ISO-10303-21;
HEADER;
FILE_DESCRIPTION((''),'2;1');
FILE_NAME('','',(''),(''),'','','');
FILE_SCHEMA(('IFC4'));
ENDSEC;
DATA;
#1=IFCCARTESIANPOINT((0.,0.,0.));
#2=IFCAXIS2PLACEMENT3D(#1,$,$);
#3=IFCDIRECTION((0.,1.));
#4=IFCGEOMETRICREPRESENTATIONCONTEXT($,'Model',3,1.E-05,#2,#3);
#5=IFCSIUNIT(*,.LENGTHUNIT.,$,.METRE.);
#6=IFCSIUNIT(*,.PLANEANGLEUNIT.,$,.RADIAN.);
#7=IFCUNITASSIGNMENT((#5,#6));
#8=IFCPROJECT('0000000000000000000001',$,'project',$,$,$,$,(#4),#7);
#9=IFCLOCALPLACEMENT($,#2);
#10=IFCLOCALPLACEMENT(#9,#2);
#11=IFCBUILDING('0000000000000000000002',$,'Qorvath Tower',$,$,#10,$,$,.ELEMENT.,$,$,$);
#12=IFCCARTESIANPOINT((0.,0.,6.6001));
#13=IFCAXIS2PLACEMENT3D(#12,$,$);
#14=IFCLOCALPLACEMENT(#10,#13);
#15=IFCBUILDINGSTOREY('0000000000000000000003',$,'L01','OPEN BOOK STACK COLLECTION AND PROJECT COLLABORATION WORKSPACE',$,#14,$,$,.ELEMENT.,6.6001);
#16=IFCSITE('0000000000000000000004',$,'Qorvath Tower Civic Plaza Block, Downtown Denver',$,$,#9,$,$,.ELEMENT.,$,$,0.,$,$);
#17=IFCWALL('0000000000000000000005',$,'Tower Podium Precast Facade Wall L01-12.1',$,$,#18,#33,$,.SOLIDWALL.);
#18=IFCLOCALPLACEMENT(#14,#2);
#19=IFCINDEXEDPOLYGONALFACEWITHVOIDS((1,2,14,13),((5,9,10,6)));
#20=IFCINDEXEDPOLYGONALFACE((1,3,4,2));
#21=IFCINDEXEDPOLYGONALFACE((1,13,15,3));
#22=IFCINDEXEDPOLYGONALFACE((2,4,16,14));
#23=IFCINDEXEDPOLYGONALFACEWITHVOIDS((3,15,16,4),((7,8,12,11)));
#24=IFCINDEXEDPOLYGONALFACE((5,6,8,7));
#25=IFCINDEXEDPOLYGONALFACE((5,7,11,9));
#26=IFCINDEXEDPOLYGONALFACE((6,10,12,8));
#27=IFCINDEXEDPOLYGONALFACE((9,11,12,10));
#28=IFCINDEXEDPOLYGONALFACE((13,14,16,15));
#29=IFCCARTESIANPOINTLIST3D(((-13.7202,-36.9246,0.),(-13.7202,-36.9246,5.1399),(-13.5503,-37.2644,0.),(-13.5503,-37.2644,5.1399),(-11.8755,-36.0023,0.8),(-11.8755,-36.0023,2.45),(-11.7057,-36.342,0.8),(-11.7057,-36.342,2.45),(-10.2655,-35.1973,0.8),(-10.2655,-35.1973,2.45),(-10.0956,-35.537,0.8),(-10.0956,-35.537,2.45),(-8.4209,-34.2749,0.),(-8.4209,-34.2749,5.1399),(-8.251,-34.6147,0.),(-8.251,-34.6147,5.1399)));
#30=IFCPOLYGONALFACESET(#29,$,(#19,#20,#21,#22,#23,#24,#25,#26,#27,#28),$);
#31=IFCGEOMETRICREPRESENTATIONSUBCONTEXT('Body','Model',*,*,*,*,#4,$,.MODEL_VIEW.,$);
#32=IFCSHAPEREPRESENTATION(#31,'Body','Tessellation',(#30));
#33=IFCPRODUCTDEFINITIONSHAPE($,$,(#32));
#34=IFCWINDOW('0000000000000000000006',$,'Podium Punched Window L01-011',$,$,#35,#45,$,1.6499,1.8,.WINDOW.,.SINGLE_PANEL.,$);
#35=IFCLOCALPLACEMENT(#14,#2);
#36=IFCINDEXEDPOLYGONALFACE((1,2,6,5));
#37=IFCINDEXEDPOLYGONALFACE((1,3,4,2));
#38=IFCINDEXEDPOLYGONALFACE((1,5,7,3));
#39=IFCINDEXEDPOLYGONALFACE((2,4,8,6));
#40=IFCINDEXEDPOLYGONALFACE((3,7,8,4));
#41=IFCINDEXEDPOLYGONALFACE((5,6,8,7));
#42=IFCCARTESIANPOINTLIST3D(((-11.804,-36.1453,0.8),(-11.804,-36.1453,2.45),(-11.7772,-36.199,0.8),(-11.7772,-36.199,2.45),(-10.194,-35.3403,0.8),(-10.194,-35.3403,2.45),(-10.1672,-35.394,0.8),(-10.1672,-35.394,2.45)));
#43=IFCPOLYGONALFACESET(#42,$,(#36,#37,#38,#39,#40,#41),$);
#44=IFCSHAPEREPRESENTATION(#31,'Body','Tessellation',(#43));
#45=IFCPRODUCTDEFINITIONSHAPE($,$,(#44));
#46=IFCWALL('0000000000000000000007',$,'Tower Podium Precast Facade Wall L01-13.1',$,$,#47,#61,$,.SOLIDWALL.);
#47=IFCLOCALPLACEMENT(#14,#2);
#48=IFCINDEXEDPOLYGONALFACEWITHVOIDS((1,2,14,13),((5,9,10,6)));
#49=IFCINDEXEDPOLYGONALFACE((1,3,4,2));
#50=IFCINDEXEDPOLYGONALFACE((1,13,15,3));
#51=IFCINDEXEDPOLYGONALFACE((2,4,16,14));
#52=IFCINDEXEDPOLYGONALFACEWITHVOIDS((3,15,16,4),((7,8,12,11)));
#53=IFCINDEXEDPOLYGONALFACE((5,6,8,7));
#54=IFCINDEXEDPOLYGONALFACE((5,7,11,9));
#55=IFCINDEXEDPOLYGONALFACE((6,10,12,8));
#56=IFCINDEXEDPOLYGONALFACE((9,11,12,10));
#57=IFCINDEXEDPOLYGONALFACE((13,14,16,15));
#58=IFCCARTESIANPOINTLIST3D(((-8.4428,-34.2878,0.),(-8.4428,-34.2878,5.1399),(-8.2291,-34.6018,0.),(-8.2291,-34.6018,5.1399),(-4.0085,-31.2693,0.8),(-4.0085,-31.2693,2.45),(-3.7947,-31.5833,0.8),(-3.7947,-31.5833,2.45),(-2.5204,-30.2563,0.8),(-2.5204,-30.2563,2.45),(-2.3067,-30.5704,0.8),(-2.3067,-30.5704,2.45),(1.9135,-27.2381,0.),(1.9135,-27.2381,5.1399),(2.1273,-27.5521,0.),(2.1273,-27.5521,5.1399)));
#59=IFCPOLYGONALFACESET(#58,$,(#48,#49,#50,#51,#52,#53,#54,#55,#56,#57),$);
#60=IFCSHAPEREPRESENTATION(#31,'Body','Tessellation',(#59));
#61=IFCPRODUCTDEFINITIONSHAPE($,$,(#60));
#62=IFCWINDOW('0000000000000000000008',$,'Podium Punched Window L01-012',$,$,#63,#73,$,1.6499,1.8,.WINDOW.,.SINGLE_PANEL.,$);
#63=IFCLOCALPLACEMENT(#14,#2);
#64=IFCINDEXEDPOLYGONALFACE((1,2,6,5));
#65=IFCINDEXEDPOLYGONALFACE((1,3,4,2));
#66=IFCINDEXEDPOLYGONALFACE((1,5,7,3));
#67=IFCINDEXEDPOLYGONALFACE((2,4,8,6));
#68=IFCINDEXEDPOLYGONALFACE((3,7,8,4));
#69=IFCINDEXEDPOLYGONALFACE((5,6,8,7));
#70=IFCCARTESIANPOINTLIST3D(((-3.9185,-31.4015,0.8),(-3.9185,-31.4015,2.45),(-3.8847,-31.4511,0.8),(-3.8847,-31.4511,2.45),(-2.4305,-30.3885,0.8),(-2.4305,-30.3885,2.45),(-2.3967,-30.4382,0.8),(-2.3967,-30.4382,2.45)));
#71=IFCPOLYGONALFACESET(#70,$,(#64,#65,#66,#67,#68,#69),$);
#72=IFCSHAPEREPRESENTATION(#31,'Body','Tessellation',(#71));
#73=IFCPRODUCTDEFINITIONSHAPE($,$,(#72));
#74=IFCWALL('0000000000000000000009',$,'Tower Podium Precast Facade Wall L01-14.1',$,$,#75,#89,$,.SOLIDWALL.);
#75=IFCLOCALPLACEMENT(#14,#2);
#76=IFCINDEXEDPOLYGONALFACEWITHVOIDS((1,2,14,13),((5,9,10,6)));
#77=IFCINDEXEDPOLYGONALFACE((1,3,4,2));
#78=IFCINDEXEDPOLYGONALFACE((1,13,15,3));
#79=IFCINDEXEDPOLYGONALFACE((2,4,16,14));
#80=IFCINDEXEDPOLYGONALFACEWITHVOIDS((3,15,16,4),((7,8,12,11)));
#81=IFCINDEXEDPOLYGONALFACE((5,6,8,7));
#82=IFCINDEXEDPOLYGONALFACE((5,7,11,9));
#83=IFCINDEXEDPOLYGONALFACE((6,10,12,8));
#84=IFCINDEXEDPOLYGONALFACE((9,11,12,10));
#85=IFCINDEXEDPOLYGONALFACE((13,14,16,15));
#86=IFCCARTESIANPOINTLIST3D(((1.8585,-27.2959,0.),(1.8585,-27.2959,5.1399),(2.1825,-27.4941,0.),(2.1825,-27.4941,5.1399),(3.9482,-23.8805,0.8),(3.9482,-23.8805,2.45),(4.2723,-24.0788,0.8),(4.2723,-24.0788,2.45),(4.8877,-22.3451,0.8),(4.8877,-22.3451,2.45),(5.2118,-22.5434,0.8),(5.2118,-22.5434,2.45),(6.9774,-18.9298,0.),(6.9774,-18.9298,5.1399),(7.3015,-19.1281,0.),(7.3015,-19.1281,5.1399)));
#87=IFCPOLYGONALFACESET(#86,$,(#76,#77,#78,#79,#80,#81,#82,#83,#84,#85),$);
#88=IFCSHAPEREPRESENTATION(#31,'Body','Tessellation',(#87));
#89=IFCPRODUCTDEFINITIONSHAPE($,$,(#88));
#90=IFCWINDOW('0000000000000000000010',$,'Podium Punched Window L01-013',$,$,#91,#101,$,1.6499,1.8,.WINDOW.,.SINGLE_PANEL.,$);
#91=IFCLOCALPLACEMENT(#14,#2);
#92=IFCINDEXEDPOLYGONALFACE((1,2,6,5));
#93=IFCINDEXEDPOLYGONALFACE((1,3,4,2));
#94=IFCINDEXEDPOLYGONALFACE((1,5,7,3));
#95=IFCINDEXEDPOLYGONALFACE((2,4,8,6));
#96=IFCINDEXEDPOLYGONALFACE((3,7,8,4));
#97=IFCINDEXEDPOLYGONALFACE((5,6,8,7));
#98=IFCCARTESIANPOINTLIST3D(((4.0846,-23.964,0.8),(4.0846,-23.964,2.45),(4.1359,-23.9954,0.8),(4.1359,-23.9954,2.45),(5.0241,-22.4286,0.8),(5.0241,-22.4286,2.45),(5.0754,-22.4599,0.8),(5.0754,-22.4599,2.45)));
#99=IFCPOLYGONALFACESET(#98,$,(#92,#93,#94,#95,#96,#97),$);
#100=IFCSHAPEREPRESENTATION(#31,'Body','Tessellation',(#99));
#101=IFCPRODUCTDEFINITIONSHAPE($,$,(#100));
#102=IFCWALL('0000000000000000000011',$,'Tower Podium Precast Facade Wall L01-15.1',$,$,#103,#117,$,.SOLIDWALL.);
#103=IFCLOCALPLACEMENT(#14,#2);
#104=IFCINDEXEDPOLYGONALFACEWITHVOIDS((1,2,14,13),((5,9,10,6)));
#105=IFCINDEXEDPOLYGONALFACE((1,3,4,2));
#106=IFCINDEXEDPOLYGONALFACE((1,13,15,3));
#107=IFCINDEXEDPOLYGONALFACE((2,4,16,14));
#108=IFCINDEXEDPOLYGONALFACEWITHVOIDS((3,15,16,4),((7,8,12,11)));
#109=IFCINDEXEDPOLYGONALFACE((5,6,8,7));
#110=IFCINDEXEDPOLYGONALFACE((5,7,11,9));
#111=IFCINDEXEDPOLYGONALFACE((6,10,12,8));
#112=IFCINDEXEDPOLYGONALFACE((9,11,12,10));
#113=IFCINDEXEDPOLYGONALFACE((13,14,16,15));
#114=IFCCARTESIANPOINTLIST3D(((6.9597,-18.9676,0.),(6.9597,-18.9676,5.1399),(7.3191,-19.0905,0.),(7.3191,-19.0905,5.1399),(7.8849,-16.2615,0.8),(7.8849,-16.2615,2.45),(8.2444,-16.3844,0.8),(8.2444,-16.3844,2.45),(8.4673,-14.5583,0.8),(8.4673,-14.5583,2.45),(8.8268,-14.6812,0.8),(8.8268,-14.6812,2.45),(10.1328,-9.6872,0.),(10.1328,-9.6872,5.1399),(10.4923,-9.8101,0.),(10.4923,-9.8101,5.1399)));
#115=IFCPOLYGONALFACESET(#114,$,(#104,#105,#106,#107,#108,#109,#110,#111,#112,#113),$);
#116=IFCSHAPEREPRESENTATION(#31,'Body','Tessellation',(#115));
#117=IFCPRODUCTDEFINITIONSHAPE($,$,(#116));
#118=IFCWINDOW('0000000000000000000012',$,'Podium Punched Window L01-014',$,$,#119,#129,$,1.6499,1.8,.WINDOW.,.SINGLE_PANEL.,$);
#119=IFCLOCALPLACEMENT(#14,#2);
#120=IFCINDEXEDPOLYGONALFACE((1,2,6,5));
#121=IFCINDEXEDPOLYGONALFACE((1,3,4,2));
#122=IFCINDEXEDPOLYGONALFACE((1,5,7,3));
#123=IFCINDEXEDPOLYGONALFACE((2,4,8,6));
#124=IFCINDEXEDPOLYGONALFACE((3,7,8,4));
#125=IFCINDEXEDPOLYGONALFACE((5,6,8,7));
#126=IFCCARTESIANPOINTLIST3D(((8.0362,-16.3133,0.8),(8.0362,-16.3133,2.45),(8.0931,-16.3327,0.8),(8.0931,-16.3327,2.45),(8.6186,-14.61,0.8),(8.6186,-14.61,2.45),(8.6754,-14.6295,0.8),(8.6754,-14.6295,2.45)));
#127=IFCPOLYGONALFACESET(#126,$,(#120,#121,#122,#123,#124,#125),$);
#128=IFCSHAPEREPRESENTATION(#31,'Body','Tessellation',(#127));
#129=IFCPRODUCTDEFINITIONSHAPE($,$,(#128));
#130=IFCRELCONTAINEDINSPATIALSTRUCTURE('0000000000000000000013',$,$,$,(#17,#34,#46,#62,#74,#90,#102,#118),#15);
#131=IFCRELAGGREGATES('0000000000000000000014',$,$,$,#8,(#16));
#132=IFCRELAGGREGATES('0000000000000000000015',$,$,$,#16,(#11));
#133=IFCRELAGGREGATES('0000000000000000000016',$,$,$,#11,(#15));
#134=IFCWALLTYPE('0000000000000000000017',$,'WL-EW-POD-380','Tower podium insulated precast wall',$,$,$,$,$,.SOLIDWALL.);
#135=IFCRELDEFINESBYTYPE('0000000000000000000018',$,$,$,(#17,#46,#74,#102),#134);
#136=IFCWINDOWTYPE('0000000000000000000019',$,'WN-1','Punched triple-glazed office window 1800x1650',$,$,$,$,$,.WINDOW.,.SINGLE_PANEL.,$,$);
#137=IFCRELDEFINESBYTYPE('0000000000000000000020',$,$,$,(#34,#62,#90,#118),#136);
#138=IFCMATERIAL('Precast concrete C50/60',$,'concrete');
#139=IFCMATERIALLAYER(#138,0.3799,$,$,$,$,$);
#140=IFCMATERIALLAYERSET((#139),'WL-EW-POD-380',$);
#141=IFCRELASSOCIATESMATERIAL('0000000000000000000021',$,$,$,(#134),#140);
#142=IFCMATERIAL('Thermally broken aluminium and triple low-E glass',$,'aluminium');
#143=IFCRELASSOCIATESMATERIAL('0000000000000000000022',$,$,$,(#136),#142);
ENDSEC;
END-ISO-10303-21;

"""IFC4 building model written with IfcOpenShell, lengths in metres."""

from ifc_helpers import new_model, si_unit, direction, frame, frame_2d, origin, place, context, subcontext, project, spatial, rectangle, extrude, material, layer, layer_set, type_object, element, fill, save


model = new_model("IFC4")

# Units and contexts
model_context = context("Model", 3, precision=1e-05, world=origin(), true_north=direction((0.0, 1.0)))
body_context = subcontext(model_context, "Body", "Model", "MODEL_VIEW")
ifc_project = project(units=[si_unit("LENGTHUNIT", "METRE"), si_unit("PLANEANGLEUNIT", "RADIAN")], contexts=[model_context])

# Site, building, storey
site_placement = place(None, origin())
site = spatial("IfcSite", under=ifc_project, at=site_placement, Name="Qorvath Tower Civic Plaza Block, Downtown Denver", CompositionType="ELEMENT", RefElevation=0.0)
building_placement = place(site_placement, origin())
building = spatial("IfcBuilding", under=site, at=building_placement, Name="Qorvath Tower", CompositionType="ELEMENT")
storey_placement = place(building_placement, frame((0.0, 0.0, 6.6001)))
storey = spatial("IfcBuildingStorey", under=building, at=storey_placement, Name="L01", Description="OPEN BOOK STACK COLLECTION AND PROJECT COLLABORATION WORKSPACE", CompositionType="ELEMENT", Elevation=6.6001)

# Walls, openings, windows
ifc_material_1 = material(Name="Precast concrete C50/60", Category="concrete")
ifc_layer_1 = layer(ifc_material_1, 0.3799)
ifc_layer_set_1 = layer_set([ifc_layer_1], Name="WL-EW-POD-380")
wall_type_1 = type_object("IfcWallType", Name="WL-EW-POD-380", Description="Tower podium insulated precast wall", PredefinedType="SOLIDWALL", material=ifc_layer_set_1)
ifc_material_2 = material(Name="Thermally broken aluminium and triple low-E glass", Category="aluminium")
window_type_1 = type_object("IfcWindowType", Name="WN-1", Description="Punched triple-glazed office window 1800x1650", PartitioningType="SINGLE_PANEL", PredefinedType="WINDOW", material=ifc_material_2)
wall_1_placement = place(storey_placement, frame((-8.3359, -34.4448, 0.0), z_axis=(0.0, 0.0, 1.0), x_axis=(-0.894427, -0.447214, 0.0)))
wall_1 = element("IfcWall", 1, at=wall_1_placement, inside=storey, type_object=wall_type_1, Name="Tower Podium Precast Facade Wall L01-12.1", PredefinedType="SOLIDWALL", context=body_context, shape_type="SweptSolid", body=[
    extrude(rectangle(XDim=5.9248, YDim=0.3799, at=frame_2d((2.9624, 0.0))), origin(), (0.0, 0.0, 1.0), 5.1399),
])
opening_1_placement = place(wall_1_placement, frame((2.0625, 0.0, 0.8)))
opening_1 = element("IfcOpeningElement", 2, at=opening_1_placement, cuts=wall_1, PredefinedType="OPENING", context=body_context, shape_type="SweptSolid", body=[
    extrude(rectangle(XDim=1.8, YDim=1.6499, at=frame_2d((0.8999, 0.825))), frame((0.0, 0.2, 0.0), z_axis=(0.0, -1.0, 0.0), x_axis=(1.0, 0.0, 0.0)), (0.0, 0.0, 1.0), 0.3999),
])
window_1_placement = place(opening_1_placement, origin())
window_1 = element("IfcWindow", 3, at=window_1_placement, inside=storey, type_object=window_type_1, Name="Podium Punched Window L01-011", OverallHeight=1.6499, OverallWidth=1.8, PartitioningType="SINGLE_PANEL", PredefinedType="WINDOW", context=body_context, shape_type="SweptSolid", body=[
    extrude(rectangle(XDim=1.8, YDim=1.6499, at=frame_2d((0.8999, 0.825))), frame((0.0, 0.03, 0.0), z_axis=(0.0, -1.0, 0.0), x_axis=(1.0, 0.0, 0.0)), (0.0, 0.0, 1.0), 0.0601),
])
fill(opening_1, window_1)
wall_2_placement = place(storey_placement, frame((2.0205, -27.395, 0.0), z_axis=(0.0, 0.0, 1.0), x_axis=(-0.826651, -0.562715, 0.0)))
wall_2 = element("IfcWall", 4, at=wall_2_placement, inside=storey, type_object=wall_type_1, Name="Tower Podium Precast Facade Wall L01-13.1", PredefinedType="SOLIDWALL", context=body_context, shape_type="SweptSolid", body=[
    extrude(rectangle(XDim=12.5281, YDim=0.3799, at=frame_2d((6.2642, 0.0))), origin(), (0.0, 0.0, 1.0), 5.1399),
])
opening_2_placement = place(wall_2_placement, frame((5.364, 0.0, 0.8)))
opening_2 = element("IfcOpeningElement", 5, at=opening_2_placement, cuts=wall_2, PredefinedType="OPENING", context=body_context, shape_type="SweptSolid", body=[
    extrude(rectangle(XDim=1.8, YDim=1.6499, at=frame_2d((0.8999, 0.825))), frame((0.0, 0.2, 0.0), z_axis=(0.0, -1.0, 0.0), x_axis=(1.0, 0.0, 0.0)), (0.0, 0.0, 1.0), 0.3999),
])
window_2_placement = place(opening_2_placement, origin())
window_2 = element("IfcWindow", 6, at=window_2_placement, inside=storey, type_object=window_type_1, Name="Podium Punched Window L01-012", OverallHeight=1.6499, OverallWidth=1.8, PartitioningType="SINGLE_PANEL", PredefinedType="WINDOW", context=body_context, shape_type="SweptSolid", body=[
    extrude(rectangle(XDim=1.8, YDim=1.6499, at=frame_2d((0.8999, 0.825))), frame((0.0, 0.03, 0.0), z_axis=(0.0, -1.0, 0.0), x_axis=(1.0, 0.0, 0.0)), (0.0, 0.0, 1.0), 0.0601),
])
fill(opening_2, window_2)
wall_3_placement = place(storey_placement, frame((7.1394, -19.0291, 0.0), z_axis=(0.0, 0.0, 1.0), x_axis=(-0.521922, -0.852993, 0.0)))
wall_3 = element("IfcWall", 7, at=wall_3_placement, inside=storey, type_object=wall_type_1, Name="Tower Podium Precast Facade Wall L01-14.1", PredefinedType="SOLIDWALL", context=body_context, shape_type="SweptSolid", body=[
    extrude(rectangle(XDim=9.8079, YDim=0.3799, at=frame_2d((4.9038, 0.0))), origin(), (0.0, 0.0, 1.0), 5.1399),
])
opening_3_placement = place(wall_3_placement, frame((4.0039, 0.0, 0.8)))
opening_3 = element("IfcOpeningElement", 8, at=opening_3_placement, cuts=wall_3, PredefinedType="OPENING", context=body_context, shape_type="SweptSolid", body=[
    extrude(rectangle(XDim=1.8, YDim=1.6499, at=frame_2d((0.8999, 0.825))), frame((0.0, 0.2, 0.0), z_axis=(0.0, -1.0, 0.0), x_axis=(1.0, 0.0, 0.0)), (0.0, 0.0, 1.0), 0.3999),
])
window_3_placement = place(opening_3_placement, origin())
window_3 = element("IfcWindow", 9, at=window_3_placement, inside=storey, type_object=window_type_1, Name="Podium Punched Window L01-013", OverallHeight=1.6499, OverallWidth=1.8, PartitioningType="SINGLE_PANEL", PredefinedType="WINDOW", context=body_context, shape_type="SweptSolid", body=[
    extrude(rectangle(XDim=1.8, YDim=1.6499, at=frame_2d((0.8999, 0.825))), frame((0.0, 0.03, 0.0), z_axis=(0.0, -1.0, 0.0), x_axis=(1.0, 0.0, 0.0)), (0.0, 0.0, 1.0), 0.0601),
])
fill(opening_3, window_3)
wall_4_placement = place(storey_placement, frame((10.3125, -9.7488, 0.0), z_axis=(0.0, 0.0, 1.0), x_axis=(-0.323529, -0.946218, 0.0)))
wall_4 = element("IfcWall", 10, at=wall_4_placement, inside=storey, type_object=wall_type_1, Name="Tower Podium Precast Facade Wall L01-15.1", PredefinedType="SOLIDWALL", context=body_context, shape_type="SweptSolid", body=[
    extrude(rectangle(XDim=9.8079, YDim=0.3799, at=frame_2d((4.9038, 0.0))), origin(), (0.0, 0.0, 1.0), 5.1399),
])
opening_4_placement = place(wall_4_placement, frame((5.1479, 0.0, 0.8)))
opening_4 = element("IfcOpeningElement", 11, at=opening_4_placement, cuts=wall_4, PredefinedType="OPENING", context=body_context, shape_type="SweptSolid", body=[
    extrude(rectangle(XDim=1.8, YDim=1.6499, at=frame_2d((0.8999, 0.825))), frame((0.0, 0.2, 0.0), z_axis=(0.0, -1.0, 0.0), x_axis=(1.0, 0.0, 0.0)), (0.0, 0.0, 1.0), 0.3999),
])
window_4_placement = place(opening_4_placement, origin())
window_4 = element("IfcWindow", 12, at=window_4_placement, inside=storey, type_object=window_type_1, Name="Podium Punched Window L01-014", OverallHeight=1.6499, OverallWidth=1.8, PartitioningType="SINGLE_PANEL", PredefinedType="WINDOW", context=body_context, shape_type="SweptSolid", body=[
    extrude(rectangle(XDim=1.8, YDim=1.6499, at=frame_2d((0.8999, 0.825))), frame((0.0, 0.03, 0.0), z_axis=(0.0, -1.0, 0.0), x_axis=(1.0, 0.0, 0.0)), (0.0, 0.0, 1.0), 0.0601),
])
fill(opening_4, window_4)

save(model, "model.ifc")
